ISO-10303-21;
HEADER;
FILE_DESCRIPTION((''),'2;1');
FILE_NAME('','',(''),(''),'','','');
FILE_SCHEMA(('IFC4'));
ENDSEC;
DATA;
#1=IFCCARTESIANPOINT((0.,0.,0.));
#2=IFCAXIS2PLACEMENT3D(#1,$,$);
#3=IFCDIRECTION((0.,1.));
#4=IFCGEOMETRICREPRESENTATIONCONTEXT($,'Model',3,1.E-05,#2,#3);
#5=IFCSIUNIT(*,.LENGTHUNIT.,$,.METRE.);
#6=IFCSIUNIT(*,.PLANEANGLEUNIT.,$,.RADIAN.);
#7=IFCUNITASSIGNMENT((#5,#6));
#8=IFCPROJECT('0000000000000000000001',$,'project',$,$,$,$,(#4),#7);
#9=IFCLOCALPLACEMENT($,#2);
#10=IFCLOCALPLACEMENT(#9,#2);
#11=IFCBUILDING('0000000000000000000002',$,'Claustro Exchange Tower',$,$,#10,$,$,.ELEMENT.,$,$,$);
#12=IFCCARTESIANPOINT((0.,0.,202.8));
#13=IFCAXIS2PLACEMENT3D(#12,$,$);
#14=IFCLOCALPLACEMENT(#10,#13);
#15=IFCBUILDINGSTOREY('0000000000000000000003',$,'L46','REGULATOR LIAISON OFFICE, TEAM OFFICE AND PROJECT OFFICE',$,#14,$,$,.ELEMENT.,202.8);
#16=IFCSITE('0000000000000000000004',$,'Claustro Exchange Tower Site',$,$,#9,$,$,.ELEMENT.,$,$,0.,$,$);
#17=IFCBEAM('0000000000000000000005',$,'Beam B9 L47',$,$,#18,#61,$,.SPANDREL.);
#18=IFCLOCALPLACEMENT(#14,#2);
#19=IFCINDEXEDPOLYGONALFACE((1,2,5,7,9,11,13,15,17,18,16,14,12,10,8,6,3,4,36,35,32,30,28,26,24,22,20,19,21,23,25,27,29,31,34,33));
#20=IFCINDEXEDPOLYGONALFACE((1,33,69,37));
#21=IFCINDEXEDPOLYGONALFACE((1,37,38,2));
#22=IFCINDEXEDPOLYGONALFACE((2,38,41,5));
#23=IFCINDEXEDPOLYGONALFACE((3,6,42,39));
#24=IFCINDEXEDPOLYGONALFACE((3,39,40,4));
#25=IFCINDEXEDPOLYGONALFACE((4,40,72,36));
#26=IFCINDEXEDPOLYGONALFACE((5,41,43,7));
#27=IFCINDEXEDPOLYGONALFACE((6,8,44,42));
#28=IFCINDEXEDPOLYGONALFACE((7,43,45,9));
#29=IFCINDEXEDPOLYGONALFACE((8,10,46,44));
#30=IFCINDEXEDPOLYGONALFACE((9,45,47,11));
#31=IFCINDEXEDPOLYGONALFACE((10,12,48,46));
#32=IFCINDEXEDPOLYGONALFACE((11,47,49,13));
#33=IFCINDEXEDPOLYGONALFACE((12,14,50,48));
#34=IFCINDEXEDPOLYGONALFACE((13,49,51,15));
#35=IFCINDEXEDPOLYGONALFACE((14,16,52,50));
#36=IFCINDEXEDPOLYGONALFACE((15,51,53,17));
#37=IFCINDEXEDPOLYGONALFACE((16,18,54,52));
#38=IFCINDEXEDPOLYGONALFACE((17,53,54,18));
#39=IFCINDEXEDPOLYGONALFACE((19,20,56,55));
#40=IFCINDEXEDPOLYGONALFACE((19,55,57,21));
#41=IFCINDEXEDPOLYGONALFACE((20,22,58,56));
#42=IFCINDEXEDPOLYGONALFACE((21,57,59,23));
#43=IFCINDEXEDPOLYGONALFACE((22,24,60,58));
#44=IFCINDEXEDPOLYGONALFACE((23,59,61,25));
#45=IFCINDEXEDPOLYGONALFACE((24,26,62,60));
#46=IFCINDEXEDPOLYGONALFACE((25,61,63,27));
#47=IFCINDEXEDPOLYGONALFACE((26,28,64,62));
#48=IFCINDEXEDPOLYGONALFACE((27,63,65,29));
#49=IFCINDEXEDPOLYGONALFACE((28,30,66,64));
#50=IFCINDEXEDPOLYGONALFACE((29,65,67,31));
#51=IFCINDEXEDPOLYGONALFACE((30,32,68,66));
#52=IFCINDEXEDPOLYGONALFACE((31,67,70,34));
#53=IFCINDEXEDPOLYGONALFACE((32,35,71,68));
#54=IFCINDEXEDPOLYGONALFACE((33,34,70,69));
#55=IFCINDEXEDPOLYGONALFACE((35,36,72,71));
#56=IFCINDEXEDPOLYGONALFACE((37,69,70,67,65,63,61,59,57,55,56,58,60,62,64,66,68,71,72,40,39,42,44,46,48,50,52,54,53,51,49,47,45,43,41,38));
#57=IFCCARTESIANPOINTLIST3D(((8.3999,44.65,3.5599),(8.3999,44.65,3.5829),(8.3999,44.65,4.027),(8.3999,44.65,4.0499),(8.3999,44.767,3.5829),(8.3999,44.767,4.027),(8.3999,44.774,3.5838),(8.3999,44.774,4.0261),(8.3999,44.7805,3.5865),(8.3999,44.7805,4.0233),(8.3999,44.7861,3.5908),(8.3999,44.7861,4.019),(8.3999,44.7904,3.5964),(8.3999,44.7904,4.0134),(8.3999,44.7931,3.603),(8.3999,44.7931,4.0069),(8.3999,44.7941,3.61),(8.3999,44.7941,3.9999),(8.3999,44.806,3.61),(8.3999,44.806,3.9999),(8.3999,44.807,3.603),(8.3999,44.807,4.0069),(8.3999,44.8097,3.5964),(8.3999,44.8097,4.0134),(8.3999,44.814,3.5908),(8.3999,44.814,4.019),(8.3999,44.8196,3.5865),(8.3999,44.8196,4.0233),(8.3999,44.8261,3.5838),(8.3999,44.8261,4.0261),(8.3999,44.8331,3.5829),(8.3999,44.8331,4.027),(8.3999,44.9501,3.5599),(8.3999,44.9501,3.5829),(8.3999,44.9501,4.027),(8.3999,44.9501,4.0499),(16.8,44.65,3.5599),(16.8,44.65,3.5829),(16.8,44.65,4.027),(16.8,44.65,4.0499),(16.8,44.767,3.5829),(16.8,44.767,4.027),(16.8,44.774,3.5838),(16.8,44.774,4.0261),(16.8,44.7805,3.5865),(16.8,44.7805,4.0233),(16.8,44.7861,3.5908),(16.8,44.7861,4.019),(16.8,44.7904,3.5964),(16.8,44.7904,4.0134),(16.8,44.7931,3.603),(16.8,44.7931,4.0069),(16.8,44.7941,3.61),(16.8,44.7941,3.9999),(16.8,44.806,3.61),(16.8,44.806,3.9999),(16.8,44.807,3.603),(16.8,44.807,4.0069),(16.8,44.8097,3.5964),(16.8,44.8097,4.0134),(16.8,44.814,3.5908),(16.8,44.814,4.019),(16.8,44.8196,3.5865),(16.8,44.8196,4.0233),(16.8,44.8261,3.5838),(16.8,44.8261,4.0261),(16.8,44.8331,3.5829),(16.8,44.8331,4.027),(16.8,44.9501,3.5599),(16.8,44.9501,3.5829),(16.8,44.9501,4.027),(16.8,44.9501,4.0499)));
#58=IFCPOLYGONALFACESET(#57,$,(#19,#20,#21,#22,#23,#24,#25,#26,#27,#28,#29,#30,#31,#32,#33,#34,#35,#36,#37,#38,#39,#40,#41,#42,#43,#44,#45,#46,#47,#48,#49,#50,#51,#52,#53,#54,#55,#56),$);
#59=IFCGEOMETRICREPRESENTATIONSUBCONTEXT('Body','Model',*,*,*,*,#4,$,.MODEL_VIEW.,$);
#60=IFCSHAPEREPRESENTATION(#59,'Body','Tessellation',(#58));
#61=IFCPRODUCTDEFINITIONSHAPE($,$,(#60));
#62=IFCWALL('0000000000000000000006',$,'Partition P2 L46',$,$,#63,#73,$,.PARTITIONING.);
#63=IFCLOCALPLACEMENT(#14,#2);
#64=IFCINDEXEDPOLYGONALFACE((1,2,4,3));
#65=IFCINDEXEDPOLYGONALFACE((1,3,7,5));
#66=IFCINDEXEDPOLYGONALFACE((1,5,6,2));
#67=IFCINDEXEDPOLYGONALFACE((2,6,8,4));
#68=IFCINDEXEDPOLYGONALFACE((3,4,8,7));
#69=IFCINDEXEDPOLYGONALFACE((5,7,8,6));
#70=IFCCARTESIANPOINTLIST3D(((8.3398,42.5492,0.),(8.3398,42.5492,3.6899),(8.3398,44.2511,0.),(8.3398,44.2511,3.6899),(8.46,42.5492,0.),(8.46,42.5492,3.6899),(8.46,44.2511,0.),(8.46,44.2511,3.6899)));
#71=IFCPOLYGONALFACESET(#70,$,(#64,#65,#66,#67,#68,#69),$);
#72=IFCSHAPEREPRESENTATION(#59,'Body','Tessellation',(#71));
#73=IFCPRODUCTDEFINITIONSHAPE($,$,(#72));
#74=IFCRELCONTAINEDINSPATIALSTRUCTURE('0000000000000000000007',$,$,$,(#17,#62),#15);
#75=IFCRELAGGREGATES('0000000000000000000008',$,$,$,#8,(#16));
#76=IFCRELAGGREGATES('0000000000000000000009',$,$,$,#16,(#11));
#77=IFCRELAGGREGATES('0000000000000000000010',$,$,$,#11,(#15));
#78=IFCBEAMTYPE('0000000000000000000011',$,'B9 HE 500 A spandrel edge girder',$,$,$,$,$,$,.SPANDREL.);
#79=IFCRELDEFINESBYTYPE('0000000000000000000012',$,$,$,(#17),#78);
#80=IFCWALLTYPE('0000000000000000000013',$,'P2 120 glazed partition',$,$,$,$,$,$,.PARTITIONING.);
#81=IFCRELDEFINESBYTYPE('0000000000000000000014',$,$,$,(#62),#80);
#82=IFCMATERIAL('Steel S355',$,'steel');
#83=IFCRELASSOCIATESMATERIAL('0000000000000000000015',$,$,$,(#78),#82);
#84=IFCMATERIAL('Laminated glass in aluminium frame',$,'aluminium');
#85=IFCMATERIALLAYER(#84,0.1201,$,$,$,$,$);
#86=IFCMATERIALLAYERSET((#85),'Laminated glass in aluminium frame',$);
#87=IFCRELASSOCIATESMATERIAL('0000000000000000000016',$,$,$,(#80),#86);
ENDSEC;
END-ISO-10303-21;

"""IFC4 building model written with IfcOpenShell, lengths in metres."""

from ifc_helpers import new_model, si_unit, direction, frame, frame_2d, origin, origin_2d, place, context, subcontext, project, spatial, rectangle, i_section, extrude, material, layer, layer_set, material_profile, profile_set, type_object, element, save


model = new_model("IFC4")

# Units and contexts
model_context = context("Model", 3, precision=1e-05, world=origin(), true_north=direction((0.0, 1.0)))
body_context = subcontext(model_context, "Body", "Model", "MODEL_VIEW")
ifc_project = project(units=[si_unit("LENGTHUNIT", "METRE"), si_unit("PLANEANGLEUNIT", "RADIAN")], contexts=[model_context])

# Site, building, storey
site_placement = place(None, origin())
site = spatial("IfcSite", under=ifc_project, at=site_placement, Name="Claustro Exchange Tower Site", CompositionType="ELEMENT", RefElevation=0.0)
building_placement = place(site_placement, origin())
building = spatial("IfcBuilding", under=site, at=building_placement, Name="Claustro Exchange Tower", CompositionType="ELEMENT")
storey_placement = place(building_placement, frame((0.0, 0.0, 202.8)))
storey = spatial("IfcBuildingStorey", under=building, at=storey_placement, Name="L46", Description="REGULATOR LIAISON OFFICE, TEAM OFFICE AND PROJECT OFFICE", CompositionType="ELEMENT", Elevation=202.8)

# Beam
ifc_material_1 = material(Name="Steel S355", Category="steel")
ifc_material_profile_1 = material_profile(ifc_material_1, i_section(OverallWidth=0.3, OverallDepth=0.49, WebThickness=0.012, FlangeThickness=0.0229, FilletRadius=0.0271, at=origin_2d()), Name="HE 500 A")
ifc_profile_set_1 = profile_set([ifc_material_profile_1], Name="Steel S355")
beam_type_1 = type_object("IfcBeamType", Name="B9 HE 500 A spandrel edge girder", PredefinedType="SPANDREL", material=ifc_profile_set_1)
beam_1_placement = place(storey_placement, frame((8.3999, 44.8, 3.8049), z_axis=(1.0, 0.0, 0.0), x_axis=(0.0, 1.0, 0.0)))
element("IfcBeam", 1, at=beam_1_placement, inside=storey, type_object=beam_type_1, Name="Beam B9 L47", PredefinedType="SPANDREL", context=body_context, shape_type="SweptSolid", body=[
    extrude(i_section(OverallWidth=0.3, OverallDepth=0.49, WebThickness=0.012, FlangeThickness=0.0229, FilletRadius=0.0271, at=origin_2d()), origin(), (0.0, 0.0, 1.0), 8.4001),
])

# Wall
ifc_material_2 = material(Name="Laminated glass in aluminium frame", Category="aluminium")
ifc_layer_1 = layer(ifc_material_2, 0.1201)
ifc_layer_set_1 = layer_set([ifc_layer_1], Name="Laminated glass in aluminium frame")
wall_type_1 = type_object("IfcWallType", Name="P2 120 glazed partition", PredefinedType="PARTITIONING", material=ifc_layer_set_1)
wall_1_placement = place(storey_placement, frame((8.3999, 42.5491, 0.0), z_axis=(0.0, 0.0, 1.0), x_axis=(0.0, 1.0, 0.0)))
element("IfcWall", 2, at=wall_1_placement, inside=storey, type_object=wall_type_1, Name="Partition P2 L46", PredefinedType="PARTITIONING", context=body_context, shape_type="SweptSolid", body=[
    extrude(rectangle(XDim=1.7019, YDim=0.1201, at=frame_2d((0.8511, 0.0))), origin(), (0.0, 0.0, 1.0), 3.6899),
])

save(model, "model.ifc")
